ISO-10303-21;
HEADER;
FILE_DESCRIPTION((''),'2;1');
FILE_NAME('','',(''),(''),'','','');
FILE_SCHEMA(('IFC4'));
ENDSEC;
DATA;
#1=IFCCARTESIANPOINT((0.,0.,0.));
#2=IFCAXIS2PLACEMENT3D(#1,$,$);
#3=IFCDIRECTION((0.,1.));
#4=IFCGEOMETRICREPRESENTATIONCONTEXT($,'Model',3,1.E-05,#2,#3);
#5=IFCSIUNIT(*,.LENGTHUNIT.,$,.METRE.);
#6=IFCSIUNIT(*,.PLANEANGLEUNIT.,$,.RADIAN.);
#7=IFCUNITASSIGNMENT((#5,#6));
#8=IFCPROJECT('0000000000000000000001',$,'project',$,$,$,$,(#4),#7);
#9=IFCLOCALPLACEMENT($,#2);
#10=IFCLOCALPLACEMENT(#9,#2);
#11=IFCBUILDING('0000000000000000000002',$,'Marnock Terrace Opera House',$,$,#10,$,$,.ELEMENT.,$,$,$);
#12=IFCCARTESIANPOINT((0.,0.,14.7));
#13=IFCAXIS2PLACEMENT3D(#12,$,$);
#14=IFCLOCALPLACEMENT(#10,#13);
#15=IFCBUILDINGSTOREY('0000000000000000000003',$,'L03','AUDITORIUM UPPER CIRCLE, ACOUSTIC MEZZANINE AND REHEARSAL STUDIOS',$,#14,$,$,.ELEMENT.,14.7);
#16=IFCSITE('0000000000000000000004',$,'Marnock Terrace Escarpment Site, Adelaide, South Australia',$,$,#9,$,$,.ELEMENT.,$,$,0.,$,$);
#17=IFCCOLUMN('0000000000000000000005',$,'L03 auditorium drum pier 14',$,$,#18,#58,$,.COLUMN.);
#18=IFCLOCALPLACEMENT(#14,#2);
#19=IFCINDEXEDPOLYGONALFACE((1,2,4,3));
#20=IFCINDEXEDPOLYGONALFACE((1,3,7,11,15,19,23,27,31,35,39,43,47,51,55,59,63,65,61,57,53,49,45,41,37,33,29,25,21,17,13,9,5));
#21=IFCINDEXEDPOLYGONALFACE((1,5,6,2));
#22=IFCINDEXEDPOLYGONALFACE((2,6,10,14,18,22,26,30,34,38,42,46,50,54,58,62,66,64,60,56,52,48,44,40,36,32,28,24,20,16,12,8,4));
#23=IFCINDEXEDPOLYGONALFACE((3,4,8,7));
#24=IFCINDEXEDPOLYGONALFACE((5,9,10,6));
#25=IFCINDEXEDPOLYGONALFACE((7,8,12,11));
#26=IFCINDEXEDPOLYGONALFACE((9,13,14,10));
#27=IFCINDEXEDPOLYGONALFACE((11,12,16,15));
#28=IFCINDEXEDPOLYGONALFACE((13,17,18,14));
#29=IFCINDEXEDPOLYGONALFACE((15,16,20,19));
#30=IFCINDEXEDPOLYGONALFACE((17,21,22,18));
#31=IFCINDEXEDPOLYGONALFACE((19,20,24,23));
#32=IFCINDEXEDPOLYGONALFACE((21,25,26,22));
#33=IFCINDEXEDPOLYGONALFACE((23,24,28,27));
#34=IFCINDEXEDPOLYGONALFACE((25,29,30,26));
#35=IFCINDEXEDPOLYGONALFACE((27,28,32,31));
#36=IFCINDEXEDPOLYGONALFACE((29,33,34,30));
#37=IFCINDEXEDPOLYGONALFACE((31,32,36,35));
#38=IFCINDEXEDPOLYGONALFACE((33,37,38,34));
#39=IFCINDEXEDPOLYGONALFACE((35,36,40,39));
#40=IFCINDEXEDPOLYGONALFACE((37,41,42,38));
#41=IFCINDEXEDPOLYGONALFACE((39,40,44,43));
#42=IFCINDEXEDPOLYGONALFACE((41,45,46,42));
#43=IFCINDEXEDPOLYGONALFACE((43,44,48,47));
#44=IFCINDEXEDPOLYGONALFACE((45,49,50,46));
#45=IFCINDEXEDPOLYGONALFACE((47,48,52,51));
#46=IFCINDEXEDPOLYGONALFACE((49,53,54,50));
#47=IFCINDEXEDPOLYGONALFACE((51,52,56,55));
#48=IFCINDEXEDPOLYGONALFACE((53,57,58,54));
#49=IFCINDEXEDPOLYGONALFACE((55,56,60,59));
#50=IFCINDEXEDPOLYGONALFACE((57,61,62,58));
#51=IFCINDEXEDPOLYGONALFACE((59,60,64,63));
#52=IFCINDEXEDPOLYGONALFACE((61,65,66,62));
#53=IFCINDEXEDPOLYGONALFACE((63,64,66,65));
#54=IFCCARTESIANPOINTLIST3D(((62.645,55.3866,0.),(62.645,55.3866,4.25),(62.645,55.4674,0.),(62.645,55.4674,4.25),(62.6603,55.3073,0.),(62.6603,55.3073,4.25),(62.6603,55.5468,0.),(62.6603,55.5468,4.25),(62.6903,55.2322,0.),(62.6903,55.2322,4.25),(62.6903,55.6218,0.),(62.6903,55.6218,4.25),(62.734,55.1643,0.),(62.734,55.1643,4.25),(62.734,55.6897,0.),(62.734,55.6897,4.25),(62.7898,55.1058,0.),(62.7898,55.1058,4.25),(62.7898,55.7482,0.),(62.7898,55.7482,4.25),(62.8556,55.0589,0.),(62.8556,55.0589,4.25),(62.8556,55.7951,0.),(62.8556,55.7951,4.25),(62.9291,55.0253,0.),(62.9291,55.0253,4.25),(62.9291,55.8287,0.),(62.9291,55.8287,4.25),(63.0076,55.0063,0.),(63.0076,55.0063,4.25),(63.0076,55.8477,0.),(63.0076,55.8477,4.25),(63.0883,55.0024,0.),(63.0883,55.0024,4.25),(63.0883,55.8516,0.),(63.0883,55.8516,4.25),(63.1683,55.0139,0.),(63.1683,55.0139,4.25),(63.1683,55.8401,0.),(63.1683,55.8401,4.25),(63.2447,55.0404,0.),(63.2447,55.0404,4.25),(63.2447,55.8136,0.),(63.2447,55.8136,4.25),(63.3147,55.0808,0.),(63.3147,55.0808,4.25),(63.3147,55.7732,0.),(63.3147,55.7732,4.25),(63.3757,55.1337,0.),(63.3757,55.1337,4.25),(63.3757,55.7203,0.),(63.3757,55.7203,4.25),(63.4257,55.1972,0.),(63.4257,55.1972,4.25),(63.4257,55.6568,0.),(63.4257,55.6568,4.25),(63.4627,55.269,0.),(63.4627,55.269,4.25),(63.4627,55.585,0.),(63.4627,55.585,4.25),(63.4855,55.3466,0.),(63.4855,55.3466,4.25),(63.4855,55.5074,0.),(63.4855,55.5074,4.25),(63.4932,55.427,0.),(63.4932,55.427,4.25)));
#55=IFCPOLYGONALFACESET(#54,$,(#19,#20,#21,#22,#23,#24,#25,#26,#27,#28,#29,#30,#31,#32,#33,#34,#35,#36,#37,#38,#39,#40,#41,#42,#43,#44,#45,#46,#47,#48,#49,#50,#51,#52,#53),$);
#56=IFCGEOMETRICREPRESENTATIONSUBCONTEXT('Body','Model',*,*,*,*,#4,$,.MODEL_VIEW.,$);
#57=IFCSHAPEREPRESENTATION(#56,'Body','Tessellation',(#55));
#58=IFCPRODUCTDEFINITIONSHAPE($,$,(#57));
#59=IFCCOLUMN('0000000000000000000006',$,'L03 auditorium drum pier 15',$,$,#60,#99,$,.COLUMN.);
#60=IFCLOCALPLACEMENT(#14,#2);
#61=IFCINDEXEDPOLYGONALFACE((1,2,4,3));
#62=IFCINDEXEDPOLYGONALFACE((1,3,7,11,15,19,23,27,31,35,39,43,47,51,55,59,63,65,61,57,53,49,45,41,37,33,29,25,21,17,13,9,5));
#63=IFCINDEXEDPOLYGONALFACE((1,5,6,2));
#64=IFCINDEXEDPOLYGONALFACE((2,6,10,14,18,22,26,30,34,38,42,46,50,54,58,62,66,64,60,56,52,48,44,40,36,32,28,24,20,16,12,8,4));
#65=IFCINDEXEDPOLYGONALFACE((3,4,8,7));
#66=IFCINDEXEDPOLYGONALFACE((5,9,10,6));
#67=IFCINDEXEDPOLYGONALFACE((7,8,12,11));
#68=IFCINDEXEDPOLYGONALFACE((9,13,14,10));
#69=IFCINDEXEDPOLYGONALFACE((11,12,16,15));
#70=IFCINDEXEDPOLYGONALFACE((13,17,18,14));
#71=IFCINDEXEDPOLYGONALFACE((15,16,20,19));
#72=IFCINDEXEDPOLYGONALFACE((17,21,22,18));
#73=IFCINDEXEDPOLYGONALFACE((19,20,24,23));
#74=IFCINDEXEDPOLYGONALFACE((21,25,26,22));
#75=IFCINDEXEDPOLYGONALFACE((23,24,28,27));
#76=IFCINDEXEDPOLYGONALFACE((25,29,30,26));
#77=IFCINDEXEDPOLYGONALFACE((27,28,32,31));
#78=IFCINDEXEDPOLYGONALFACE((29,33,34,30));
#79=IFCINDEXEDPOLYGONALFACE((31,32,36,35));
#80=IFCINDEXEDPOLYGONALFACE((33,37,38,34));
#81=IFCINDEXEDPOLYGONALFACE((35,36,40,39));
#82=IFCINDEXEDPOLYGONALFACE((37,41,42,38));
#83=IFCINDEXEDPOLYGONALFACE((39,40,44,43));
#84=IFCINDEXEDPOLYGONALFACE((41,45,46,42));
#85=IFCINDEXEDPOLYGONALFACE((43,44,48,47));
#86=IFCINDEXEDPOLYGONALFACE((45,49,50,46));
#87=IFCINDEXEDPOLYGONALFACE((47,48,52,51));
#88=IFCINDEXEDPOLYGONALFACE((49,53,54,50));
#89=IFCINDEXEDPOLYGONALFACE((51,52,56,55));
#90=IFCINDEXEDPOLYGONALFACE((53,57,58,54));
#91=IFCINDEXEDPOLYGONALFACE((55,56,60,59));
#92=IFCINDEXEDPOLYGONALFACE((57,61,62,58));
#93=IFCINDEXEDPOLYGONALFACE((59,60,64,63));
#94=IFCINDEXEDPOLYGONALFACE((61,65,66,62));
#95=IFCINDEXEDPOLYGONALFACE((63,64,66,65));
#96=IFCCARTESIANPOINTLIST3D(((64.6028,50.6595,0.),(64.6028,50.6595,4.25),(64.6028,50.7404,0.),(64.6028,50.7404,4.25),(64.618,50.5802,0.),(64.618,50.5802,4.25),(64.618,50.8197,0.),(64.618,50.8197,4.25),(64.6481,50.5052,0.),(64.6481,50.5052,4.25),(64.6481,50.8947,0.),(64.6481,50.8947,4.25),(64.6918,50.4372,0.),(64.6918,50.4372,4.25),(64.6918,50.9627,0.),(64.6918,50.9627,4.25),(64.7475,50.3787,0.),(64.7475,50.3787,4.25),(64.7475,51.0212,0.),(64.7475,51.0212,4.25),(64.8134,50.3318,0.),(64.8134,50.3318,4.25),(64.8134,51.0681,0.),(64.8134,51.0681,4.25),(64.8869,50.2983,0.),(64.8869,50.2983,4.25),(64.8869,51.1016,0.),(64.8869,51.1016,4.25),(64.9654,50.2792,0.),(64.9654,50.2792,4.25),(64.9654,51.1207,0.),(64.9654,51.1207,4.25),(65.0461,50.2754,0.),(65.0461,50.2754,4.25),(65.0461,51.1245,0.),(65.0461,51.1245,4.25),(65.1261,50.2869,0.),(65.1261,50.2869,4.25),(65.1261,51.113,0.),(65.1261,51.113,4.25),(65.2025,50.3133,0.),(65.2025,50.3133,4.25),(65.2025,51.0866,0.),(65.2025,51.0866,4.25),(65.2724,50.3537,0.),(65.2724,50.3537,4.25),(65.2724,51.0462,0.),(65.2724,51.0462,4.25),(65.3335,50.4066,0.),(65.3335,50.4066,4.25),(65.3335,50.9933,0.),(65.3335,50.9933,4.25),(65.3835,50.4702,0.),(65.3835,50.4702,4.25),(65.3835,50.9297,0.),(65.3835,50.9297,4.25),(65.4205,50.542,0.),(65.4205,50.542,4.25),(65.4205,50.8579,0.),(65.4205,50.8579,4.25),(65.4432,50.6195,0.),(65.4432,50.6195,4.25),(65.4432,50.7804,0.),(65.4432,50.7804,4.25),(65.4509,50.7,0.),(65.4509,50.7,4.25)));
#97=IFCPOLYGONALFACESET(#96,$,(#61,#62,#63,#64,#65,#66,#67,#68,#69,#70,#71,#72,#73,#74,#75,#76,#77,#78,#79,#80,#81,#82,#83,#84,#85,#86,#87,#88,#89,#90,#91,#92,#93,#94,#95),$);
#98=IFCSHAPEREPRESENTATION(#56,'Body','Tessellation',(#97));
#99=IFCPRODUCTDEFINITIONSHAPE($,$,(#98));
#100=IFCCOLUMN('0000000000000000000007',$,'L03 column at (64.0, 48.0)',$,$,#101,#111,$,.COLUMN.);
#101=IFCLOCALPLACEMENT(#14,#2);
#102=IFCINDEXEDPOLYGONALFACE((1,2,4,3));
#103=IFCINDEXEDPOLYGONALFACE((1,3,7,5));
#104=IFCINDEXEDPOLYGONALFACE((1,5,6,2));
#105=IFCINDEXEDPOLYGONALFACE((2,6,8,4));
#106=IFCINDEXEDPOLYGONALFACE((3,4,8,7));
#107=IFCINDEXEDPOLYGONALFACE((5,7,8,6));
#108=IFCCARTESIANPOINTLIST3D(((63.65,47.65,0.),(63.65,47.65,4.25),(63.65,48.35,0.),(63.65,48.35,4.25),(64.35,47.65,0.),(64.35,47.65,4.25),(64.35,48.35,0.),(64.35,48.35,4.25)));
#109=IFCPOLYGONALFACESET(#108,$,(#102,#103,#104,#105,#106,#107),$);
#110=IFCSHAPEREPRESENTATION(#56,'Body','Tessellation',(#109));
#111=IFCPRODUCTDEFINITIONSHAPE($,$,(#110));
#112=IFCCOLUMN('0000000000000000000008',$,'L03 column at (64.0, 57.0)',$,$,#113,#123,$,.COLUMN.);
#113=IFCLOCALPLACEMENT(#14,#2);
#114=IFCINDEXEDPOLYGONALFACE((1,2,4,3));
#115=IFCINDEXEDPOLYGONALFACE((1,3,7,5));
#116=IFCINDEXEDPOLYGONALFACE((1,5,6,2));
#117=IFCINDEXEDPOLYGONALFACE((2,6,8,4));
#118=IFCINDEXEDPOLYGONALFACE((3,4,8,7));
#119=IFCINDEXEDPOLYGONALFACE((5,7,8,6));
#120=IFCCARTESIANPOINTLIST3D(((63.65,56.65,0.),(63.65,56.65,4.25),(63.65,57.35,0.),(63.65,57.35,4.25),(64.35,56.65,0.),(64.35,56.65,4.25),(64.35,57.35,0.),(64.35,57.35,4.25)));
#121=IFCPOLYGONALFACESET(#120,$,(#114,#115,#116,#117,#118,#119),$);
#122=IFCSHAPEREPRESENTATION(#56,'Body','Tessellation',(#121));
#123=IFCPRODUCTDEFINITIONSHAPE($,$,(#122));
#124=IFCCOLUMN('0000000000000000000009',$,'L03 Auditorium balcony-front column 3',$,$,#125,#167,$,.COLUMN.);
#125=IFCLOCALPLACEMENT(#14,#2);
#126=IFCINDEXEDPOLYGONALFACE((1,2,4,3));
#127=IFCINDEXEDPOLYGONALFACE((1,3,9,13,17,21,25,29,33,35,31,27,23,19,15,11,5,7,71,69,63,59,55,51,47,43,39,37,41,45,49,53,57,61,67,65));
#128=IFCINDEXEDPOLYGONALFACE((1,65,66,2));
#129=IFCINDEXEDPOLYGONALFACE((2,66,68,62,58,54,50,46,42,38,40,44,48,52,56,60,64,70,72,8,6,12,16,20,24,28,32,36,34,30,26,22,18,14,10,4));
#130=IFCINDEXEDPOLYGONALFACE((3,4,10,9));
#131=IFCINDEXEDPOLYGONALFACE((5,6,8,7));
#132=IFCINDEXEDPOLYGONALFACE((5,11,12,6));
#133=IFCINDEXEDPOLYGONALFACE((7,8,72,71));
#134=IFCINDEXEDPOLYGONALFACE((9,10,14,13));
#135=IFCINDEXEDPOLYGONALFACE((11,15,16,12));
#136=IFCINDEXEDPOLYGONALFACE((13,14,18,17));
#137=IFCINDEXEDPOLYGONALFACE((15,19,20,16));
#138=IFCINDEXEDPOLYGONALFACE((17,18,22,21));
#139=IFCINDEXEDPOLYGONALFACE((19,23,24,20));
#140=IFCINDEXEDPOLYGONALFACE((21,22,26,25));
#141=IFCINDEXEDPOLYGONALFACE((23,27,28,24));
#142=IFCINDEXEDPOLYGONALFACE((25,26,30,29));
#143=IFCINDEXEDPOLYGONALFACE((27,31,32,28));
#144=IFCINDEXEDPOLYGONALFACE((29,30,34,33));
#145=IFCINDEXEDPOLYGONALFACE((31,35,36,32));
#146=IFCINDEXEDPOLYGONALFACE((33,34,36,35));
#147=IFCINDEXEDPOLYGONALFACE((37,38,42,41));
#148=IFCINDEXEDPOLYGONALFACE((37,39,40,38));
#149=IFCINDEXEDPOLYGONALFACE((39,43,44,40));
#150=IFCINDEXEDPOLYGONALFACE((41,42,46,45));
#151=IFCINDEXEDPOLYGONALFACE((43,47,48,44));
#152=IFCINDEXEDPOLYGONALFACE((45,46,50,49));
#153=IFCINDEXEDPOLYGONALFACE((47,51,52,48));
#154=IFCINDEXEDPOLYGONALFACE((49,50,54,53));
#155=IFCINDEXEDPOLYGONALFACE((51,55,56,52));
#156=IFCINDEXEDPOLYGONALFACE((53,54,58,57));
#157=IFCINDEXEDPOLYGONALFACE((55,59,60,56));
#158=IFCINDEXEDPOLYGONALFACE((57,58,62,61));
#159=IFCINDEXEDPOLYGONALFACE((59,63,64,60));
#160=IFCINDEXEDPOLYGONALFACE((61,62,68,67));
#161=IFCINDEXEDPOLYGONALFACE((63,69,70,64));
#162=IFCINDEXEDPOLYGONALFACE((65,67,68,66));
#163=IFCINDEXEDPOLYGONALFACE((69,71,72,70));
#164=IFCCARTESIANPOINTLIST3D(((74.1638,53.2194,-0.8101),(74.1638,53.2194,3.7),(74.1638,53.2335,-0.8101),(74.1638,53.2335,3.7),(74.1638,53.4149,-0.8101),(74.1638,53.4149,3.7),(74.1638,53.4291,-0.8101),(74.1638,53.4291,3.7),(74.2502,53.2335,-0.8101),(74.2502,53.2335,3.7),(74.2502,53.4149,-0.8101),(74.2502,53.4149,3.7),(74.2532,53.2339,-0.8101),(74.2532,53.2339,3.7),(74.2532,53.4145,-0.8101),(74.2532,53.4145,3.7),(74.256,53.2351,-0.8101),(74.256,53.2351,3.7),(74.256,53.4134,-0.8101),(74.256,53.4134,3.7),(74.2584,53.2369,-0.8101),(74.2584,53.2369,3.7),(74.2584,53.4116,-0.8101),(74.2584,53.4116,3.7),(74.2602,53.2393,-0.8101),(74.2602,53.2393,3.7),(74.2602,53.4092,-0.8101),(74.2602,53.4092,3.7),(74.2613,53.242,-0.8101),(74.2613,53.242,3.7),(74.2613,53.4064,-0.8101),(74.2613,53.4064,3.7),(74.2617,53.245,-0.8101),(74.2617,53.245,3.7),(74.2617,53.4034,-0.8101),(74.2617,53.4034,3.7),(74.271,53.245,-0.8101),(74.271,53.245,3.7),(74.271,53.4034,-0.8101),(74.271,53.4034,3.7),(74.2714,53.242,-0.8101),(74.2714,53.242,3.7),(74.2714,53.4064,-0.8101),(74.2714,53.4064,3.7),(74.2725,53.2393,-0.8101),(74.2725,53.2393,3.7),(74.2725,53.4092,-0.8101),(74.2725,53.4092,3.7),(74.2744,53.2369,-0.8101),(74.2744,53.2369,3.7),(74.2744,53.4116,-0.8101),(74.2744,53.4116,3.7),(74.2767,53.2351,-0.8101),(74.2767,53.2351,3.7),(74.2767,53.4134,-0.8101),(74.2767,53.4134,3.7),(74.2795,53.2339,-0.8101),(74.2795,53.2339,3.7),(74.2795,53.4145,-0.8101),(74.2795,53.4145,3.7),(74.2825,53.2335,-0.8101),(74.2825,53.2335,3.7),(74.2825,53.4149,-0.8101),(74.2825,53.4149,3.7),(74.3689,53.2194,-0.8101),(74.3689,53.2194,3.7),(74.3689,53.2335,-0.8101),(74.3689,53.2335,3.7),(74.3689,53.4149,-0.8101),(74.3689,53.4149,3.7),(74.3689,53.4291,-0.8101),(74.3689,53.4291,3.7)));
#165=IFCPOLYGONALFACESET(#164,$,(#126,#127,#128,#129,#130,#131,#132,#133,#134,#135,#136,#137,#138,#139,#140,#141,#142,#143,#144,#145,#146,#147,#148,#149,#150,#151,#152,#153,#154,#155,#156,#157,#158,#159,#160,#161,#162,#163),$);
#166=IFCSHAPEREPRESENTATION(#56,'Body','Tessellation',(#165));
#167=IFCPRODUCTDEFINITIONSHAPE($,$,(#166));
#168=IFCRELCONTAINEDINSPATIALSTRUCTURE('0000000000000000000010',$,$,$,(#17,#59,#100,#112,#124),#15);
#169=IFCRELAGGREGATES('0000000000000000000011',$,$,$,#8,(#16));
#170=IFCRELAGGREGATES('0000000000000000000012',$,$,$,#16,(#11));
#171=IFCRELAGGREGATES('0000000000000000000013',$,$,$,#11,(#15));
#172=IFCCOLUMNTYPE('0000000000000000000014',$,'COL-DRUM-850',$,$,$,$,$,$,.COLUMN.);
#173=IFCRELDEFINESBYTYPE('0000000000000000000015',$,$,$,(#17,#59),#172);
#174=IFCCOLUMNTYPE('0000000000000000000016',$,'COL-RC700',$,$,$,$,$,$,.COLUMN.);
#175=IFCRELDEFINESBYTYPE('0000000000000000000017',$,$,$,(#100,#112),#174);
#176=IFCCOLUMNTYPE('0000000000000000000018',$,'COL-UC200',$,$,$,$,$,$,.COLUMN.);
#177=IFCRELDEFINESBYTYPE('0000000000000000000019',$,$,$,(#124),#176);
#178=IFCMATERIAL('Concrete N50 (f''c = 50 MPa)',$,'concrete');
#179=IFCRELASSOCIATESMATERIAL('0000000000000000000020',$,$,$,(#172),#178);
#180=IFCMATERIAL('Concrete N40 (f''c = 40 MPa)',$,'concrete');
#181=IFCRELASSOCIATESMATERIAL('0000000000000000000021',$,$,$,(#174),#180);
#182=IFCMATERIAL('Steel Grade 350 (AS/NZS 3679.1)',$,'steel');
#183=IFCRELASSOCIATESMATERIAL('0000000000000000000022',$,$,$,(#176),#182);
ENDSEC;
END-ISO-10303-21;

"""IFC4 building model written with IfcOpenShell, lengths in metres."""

from ifc_helpers import new_model, si_unit, direction, frame, origin, origin_2d, place, context, subcontext, project, spatial, rectangle, circle, i_section, extrude, material, material_profile, profile_set, type_object, element, save


model = new_model("IFC4")

# Units and contexts
model_context = context("Model", 3, precision=1e-05, world=origin(), true_north=direction((0.0, 1.0)))
body_context = subcontext(model_context, "Body", "Model", "MODEL_VIEW")
ifc_project = project(units=[si_unit("LENGTHUNIT", "METRE"), si_unit("PLANEANGLEUNIT", "RADIAN")], contexts=[model_context])

# Site, building, storey
site_placement = place(None, origin())
site = spatial("IfcSite", under=ifc_project, at=site_placement, Name="Marnock Terrace Escarpment Site, Adelaide, South Australia", CompositionType="ELEMENT", RefElevation=0.0)
building_placement = place(site_placement, origin())
building = spatial("IfcBuilding", under=site, at=building_placement, Name="Marnock Terrace Opera House", CompositionType="ELEMENT")
storey_placement = place(building_placement, frame((0.0, 0.0, 14.7)))
storey = spatial("IfcBuildingStorey", under=building, at=storey_placement, Name="L03", Description="AUDITORIUM UPPER CIRCLE, ACOUSTIC MEZZANINE AND REHEARSAL STUDIOS", CompositionType="ELEMENT", Elevation=14.7)

# Columns
ifc_material_1 = material(Name="Concrete N50 (f'c = 50 MPa)", Category="concrete")
ifc_material_profile_1 = material_profile(ifc_material_1, circle(Radius=0.425, at=origin_2d()))
ifc_profile_set_1 = profile_set([ifc_material_profile_1], Name="Concrete N50 (f'c = 50 MPa)")
column_type_1 = type_object("IfcColumnType", Name="COL-DRUM-850", PredefinedType="COLUMN", material=ifc_profile_set_1)
for number, where, z_axis, x_axis, name in (
    (1, (63.0681, 55.427, 0.0), (0.0, 0.0, 1.0), (1.0, 0.0, 0.0), "L03 auditorium drum pier 14"),
    (2, (65.0259, 50.7, 0.0), (0.0, 0.0, 1.0), (1.0, 0.0, 0.0), "L03 auditorium drum pier 15"),
):
    element("IfcColumn", number, at=place(storey_placement, frame(where, z_axis=z_axis, x_axis=x_axis)), inside=storey, type_object=column_type_1, Name=name, PredefinedType="COLUMN", context=body_context, shape_type="SweptSolid", body=[
        extrude(circle(Radius=0.425, at=origin_2d()), origin(), (0.0, 0.0, 1.0), 4.25),
    ])
ifc_material_2 = material(Name="Concrete N40 (f'c = 40 MPa)", Category="concrete")
ifc_material_profile_2 = material_profile(ifc_material_2, rectangle(XDim=0.7, YDim=0.7, at=origin_2d()))
ifc_profile_set_2 = profile_set([ifc_material_profile_2], Name="Concrete N40 (f'c = 40 MPa)")
column_type_2 = type_object("IfcColumnType", Name="COL-RC700", PredefinedType="COLUMN", material=ifc_profile_set_2)
for number, where, z_axis, x_axis, name in (
    (3, (64.0, 48.0, 0.0), (0.0, 0.0, 1.0), (1.0, 0.0, 0.0), "L03 column at (64.0, 48.0)"),
    (4, (64.0, 57.0, 0.0), (0.0, 0.0, 1.0), (1.0, 0.0, 0.0), "L03 column at (64.0, 57.0)"),
):
    element("IfcColumn", number, at=place(storey_placement, frame(where, z_axis=z_axis, x_axis=x_axis)), inside=storey, type_object=column_type_2, Name=name, PredefinedType="COLUMN", context=body_context, shape_type="SweptSolid", body=[
        extrude(rectangle(XDim=0.7, YDim=0.7, at=origin_2d()), origin(), (0.0, 0.0, 1.0), 4.25),
    ])
ifc_material_3 = material(Name="Steel Grade 350 (AS/NZS 3679.1)", Category="steel")
ifc_material_profile_3 = material_profile(ifc_material_3, i_section(OverallWidth=0.2051, OverallDepth=0.2097, WebThickness=0.0093, FlangeThickness=0.0142, FilletRadius=0.0115, at=origin_2d()))
ifc_profile_set_3 = profile_set([ifc_material_profile_3], Name="Steel Grade 350 (AS/NZS 3679.1)")
column_type_3 = type_object("IfcColumnType", Name="COL-UC200", PredefinedType="COLUMN", material=ifc_profile_set_3)
for number, where, z_axis, x_axis, name in (
    (5, (74.2664, 53.3242, -0.8101), (0.0, 0.0, 1.0), (1.0, 0.0, 0.0), "L03 Auditorium balcony-front column 3"),
):
    element("IfcColumn", number, at=place(storey_placement, frame(where, z_axis=z_axis, x_axis=x_axis)), inside=storey, type_object=column_type_3, Name=name, PredefinedType="COLUMN", context=body_context, shape_type="SweptSolid", body=[
        extrude(i_section(OverallWidth=0.2051, OverallDepth=0.2097, WebThickness=0.0093, FlangeThickness=0.0142, FilletRadius=0.0115, at=origin_2d()), origin(), (0.0, 0.0, 1.0), 4.51),
    ])

save(model, "model.ifc")
